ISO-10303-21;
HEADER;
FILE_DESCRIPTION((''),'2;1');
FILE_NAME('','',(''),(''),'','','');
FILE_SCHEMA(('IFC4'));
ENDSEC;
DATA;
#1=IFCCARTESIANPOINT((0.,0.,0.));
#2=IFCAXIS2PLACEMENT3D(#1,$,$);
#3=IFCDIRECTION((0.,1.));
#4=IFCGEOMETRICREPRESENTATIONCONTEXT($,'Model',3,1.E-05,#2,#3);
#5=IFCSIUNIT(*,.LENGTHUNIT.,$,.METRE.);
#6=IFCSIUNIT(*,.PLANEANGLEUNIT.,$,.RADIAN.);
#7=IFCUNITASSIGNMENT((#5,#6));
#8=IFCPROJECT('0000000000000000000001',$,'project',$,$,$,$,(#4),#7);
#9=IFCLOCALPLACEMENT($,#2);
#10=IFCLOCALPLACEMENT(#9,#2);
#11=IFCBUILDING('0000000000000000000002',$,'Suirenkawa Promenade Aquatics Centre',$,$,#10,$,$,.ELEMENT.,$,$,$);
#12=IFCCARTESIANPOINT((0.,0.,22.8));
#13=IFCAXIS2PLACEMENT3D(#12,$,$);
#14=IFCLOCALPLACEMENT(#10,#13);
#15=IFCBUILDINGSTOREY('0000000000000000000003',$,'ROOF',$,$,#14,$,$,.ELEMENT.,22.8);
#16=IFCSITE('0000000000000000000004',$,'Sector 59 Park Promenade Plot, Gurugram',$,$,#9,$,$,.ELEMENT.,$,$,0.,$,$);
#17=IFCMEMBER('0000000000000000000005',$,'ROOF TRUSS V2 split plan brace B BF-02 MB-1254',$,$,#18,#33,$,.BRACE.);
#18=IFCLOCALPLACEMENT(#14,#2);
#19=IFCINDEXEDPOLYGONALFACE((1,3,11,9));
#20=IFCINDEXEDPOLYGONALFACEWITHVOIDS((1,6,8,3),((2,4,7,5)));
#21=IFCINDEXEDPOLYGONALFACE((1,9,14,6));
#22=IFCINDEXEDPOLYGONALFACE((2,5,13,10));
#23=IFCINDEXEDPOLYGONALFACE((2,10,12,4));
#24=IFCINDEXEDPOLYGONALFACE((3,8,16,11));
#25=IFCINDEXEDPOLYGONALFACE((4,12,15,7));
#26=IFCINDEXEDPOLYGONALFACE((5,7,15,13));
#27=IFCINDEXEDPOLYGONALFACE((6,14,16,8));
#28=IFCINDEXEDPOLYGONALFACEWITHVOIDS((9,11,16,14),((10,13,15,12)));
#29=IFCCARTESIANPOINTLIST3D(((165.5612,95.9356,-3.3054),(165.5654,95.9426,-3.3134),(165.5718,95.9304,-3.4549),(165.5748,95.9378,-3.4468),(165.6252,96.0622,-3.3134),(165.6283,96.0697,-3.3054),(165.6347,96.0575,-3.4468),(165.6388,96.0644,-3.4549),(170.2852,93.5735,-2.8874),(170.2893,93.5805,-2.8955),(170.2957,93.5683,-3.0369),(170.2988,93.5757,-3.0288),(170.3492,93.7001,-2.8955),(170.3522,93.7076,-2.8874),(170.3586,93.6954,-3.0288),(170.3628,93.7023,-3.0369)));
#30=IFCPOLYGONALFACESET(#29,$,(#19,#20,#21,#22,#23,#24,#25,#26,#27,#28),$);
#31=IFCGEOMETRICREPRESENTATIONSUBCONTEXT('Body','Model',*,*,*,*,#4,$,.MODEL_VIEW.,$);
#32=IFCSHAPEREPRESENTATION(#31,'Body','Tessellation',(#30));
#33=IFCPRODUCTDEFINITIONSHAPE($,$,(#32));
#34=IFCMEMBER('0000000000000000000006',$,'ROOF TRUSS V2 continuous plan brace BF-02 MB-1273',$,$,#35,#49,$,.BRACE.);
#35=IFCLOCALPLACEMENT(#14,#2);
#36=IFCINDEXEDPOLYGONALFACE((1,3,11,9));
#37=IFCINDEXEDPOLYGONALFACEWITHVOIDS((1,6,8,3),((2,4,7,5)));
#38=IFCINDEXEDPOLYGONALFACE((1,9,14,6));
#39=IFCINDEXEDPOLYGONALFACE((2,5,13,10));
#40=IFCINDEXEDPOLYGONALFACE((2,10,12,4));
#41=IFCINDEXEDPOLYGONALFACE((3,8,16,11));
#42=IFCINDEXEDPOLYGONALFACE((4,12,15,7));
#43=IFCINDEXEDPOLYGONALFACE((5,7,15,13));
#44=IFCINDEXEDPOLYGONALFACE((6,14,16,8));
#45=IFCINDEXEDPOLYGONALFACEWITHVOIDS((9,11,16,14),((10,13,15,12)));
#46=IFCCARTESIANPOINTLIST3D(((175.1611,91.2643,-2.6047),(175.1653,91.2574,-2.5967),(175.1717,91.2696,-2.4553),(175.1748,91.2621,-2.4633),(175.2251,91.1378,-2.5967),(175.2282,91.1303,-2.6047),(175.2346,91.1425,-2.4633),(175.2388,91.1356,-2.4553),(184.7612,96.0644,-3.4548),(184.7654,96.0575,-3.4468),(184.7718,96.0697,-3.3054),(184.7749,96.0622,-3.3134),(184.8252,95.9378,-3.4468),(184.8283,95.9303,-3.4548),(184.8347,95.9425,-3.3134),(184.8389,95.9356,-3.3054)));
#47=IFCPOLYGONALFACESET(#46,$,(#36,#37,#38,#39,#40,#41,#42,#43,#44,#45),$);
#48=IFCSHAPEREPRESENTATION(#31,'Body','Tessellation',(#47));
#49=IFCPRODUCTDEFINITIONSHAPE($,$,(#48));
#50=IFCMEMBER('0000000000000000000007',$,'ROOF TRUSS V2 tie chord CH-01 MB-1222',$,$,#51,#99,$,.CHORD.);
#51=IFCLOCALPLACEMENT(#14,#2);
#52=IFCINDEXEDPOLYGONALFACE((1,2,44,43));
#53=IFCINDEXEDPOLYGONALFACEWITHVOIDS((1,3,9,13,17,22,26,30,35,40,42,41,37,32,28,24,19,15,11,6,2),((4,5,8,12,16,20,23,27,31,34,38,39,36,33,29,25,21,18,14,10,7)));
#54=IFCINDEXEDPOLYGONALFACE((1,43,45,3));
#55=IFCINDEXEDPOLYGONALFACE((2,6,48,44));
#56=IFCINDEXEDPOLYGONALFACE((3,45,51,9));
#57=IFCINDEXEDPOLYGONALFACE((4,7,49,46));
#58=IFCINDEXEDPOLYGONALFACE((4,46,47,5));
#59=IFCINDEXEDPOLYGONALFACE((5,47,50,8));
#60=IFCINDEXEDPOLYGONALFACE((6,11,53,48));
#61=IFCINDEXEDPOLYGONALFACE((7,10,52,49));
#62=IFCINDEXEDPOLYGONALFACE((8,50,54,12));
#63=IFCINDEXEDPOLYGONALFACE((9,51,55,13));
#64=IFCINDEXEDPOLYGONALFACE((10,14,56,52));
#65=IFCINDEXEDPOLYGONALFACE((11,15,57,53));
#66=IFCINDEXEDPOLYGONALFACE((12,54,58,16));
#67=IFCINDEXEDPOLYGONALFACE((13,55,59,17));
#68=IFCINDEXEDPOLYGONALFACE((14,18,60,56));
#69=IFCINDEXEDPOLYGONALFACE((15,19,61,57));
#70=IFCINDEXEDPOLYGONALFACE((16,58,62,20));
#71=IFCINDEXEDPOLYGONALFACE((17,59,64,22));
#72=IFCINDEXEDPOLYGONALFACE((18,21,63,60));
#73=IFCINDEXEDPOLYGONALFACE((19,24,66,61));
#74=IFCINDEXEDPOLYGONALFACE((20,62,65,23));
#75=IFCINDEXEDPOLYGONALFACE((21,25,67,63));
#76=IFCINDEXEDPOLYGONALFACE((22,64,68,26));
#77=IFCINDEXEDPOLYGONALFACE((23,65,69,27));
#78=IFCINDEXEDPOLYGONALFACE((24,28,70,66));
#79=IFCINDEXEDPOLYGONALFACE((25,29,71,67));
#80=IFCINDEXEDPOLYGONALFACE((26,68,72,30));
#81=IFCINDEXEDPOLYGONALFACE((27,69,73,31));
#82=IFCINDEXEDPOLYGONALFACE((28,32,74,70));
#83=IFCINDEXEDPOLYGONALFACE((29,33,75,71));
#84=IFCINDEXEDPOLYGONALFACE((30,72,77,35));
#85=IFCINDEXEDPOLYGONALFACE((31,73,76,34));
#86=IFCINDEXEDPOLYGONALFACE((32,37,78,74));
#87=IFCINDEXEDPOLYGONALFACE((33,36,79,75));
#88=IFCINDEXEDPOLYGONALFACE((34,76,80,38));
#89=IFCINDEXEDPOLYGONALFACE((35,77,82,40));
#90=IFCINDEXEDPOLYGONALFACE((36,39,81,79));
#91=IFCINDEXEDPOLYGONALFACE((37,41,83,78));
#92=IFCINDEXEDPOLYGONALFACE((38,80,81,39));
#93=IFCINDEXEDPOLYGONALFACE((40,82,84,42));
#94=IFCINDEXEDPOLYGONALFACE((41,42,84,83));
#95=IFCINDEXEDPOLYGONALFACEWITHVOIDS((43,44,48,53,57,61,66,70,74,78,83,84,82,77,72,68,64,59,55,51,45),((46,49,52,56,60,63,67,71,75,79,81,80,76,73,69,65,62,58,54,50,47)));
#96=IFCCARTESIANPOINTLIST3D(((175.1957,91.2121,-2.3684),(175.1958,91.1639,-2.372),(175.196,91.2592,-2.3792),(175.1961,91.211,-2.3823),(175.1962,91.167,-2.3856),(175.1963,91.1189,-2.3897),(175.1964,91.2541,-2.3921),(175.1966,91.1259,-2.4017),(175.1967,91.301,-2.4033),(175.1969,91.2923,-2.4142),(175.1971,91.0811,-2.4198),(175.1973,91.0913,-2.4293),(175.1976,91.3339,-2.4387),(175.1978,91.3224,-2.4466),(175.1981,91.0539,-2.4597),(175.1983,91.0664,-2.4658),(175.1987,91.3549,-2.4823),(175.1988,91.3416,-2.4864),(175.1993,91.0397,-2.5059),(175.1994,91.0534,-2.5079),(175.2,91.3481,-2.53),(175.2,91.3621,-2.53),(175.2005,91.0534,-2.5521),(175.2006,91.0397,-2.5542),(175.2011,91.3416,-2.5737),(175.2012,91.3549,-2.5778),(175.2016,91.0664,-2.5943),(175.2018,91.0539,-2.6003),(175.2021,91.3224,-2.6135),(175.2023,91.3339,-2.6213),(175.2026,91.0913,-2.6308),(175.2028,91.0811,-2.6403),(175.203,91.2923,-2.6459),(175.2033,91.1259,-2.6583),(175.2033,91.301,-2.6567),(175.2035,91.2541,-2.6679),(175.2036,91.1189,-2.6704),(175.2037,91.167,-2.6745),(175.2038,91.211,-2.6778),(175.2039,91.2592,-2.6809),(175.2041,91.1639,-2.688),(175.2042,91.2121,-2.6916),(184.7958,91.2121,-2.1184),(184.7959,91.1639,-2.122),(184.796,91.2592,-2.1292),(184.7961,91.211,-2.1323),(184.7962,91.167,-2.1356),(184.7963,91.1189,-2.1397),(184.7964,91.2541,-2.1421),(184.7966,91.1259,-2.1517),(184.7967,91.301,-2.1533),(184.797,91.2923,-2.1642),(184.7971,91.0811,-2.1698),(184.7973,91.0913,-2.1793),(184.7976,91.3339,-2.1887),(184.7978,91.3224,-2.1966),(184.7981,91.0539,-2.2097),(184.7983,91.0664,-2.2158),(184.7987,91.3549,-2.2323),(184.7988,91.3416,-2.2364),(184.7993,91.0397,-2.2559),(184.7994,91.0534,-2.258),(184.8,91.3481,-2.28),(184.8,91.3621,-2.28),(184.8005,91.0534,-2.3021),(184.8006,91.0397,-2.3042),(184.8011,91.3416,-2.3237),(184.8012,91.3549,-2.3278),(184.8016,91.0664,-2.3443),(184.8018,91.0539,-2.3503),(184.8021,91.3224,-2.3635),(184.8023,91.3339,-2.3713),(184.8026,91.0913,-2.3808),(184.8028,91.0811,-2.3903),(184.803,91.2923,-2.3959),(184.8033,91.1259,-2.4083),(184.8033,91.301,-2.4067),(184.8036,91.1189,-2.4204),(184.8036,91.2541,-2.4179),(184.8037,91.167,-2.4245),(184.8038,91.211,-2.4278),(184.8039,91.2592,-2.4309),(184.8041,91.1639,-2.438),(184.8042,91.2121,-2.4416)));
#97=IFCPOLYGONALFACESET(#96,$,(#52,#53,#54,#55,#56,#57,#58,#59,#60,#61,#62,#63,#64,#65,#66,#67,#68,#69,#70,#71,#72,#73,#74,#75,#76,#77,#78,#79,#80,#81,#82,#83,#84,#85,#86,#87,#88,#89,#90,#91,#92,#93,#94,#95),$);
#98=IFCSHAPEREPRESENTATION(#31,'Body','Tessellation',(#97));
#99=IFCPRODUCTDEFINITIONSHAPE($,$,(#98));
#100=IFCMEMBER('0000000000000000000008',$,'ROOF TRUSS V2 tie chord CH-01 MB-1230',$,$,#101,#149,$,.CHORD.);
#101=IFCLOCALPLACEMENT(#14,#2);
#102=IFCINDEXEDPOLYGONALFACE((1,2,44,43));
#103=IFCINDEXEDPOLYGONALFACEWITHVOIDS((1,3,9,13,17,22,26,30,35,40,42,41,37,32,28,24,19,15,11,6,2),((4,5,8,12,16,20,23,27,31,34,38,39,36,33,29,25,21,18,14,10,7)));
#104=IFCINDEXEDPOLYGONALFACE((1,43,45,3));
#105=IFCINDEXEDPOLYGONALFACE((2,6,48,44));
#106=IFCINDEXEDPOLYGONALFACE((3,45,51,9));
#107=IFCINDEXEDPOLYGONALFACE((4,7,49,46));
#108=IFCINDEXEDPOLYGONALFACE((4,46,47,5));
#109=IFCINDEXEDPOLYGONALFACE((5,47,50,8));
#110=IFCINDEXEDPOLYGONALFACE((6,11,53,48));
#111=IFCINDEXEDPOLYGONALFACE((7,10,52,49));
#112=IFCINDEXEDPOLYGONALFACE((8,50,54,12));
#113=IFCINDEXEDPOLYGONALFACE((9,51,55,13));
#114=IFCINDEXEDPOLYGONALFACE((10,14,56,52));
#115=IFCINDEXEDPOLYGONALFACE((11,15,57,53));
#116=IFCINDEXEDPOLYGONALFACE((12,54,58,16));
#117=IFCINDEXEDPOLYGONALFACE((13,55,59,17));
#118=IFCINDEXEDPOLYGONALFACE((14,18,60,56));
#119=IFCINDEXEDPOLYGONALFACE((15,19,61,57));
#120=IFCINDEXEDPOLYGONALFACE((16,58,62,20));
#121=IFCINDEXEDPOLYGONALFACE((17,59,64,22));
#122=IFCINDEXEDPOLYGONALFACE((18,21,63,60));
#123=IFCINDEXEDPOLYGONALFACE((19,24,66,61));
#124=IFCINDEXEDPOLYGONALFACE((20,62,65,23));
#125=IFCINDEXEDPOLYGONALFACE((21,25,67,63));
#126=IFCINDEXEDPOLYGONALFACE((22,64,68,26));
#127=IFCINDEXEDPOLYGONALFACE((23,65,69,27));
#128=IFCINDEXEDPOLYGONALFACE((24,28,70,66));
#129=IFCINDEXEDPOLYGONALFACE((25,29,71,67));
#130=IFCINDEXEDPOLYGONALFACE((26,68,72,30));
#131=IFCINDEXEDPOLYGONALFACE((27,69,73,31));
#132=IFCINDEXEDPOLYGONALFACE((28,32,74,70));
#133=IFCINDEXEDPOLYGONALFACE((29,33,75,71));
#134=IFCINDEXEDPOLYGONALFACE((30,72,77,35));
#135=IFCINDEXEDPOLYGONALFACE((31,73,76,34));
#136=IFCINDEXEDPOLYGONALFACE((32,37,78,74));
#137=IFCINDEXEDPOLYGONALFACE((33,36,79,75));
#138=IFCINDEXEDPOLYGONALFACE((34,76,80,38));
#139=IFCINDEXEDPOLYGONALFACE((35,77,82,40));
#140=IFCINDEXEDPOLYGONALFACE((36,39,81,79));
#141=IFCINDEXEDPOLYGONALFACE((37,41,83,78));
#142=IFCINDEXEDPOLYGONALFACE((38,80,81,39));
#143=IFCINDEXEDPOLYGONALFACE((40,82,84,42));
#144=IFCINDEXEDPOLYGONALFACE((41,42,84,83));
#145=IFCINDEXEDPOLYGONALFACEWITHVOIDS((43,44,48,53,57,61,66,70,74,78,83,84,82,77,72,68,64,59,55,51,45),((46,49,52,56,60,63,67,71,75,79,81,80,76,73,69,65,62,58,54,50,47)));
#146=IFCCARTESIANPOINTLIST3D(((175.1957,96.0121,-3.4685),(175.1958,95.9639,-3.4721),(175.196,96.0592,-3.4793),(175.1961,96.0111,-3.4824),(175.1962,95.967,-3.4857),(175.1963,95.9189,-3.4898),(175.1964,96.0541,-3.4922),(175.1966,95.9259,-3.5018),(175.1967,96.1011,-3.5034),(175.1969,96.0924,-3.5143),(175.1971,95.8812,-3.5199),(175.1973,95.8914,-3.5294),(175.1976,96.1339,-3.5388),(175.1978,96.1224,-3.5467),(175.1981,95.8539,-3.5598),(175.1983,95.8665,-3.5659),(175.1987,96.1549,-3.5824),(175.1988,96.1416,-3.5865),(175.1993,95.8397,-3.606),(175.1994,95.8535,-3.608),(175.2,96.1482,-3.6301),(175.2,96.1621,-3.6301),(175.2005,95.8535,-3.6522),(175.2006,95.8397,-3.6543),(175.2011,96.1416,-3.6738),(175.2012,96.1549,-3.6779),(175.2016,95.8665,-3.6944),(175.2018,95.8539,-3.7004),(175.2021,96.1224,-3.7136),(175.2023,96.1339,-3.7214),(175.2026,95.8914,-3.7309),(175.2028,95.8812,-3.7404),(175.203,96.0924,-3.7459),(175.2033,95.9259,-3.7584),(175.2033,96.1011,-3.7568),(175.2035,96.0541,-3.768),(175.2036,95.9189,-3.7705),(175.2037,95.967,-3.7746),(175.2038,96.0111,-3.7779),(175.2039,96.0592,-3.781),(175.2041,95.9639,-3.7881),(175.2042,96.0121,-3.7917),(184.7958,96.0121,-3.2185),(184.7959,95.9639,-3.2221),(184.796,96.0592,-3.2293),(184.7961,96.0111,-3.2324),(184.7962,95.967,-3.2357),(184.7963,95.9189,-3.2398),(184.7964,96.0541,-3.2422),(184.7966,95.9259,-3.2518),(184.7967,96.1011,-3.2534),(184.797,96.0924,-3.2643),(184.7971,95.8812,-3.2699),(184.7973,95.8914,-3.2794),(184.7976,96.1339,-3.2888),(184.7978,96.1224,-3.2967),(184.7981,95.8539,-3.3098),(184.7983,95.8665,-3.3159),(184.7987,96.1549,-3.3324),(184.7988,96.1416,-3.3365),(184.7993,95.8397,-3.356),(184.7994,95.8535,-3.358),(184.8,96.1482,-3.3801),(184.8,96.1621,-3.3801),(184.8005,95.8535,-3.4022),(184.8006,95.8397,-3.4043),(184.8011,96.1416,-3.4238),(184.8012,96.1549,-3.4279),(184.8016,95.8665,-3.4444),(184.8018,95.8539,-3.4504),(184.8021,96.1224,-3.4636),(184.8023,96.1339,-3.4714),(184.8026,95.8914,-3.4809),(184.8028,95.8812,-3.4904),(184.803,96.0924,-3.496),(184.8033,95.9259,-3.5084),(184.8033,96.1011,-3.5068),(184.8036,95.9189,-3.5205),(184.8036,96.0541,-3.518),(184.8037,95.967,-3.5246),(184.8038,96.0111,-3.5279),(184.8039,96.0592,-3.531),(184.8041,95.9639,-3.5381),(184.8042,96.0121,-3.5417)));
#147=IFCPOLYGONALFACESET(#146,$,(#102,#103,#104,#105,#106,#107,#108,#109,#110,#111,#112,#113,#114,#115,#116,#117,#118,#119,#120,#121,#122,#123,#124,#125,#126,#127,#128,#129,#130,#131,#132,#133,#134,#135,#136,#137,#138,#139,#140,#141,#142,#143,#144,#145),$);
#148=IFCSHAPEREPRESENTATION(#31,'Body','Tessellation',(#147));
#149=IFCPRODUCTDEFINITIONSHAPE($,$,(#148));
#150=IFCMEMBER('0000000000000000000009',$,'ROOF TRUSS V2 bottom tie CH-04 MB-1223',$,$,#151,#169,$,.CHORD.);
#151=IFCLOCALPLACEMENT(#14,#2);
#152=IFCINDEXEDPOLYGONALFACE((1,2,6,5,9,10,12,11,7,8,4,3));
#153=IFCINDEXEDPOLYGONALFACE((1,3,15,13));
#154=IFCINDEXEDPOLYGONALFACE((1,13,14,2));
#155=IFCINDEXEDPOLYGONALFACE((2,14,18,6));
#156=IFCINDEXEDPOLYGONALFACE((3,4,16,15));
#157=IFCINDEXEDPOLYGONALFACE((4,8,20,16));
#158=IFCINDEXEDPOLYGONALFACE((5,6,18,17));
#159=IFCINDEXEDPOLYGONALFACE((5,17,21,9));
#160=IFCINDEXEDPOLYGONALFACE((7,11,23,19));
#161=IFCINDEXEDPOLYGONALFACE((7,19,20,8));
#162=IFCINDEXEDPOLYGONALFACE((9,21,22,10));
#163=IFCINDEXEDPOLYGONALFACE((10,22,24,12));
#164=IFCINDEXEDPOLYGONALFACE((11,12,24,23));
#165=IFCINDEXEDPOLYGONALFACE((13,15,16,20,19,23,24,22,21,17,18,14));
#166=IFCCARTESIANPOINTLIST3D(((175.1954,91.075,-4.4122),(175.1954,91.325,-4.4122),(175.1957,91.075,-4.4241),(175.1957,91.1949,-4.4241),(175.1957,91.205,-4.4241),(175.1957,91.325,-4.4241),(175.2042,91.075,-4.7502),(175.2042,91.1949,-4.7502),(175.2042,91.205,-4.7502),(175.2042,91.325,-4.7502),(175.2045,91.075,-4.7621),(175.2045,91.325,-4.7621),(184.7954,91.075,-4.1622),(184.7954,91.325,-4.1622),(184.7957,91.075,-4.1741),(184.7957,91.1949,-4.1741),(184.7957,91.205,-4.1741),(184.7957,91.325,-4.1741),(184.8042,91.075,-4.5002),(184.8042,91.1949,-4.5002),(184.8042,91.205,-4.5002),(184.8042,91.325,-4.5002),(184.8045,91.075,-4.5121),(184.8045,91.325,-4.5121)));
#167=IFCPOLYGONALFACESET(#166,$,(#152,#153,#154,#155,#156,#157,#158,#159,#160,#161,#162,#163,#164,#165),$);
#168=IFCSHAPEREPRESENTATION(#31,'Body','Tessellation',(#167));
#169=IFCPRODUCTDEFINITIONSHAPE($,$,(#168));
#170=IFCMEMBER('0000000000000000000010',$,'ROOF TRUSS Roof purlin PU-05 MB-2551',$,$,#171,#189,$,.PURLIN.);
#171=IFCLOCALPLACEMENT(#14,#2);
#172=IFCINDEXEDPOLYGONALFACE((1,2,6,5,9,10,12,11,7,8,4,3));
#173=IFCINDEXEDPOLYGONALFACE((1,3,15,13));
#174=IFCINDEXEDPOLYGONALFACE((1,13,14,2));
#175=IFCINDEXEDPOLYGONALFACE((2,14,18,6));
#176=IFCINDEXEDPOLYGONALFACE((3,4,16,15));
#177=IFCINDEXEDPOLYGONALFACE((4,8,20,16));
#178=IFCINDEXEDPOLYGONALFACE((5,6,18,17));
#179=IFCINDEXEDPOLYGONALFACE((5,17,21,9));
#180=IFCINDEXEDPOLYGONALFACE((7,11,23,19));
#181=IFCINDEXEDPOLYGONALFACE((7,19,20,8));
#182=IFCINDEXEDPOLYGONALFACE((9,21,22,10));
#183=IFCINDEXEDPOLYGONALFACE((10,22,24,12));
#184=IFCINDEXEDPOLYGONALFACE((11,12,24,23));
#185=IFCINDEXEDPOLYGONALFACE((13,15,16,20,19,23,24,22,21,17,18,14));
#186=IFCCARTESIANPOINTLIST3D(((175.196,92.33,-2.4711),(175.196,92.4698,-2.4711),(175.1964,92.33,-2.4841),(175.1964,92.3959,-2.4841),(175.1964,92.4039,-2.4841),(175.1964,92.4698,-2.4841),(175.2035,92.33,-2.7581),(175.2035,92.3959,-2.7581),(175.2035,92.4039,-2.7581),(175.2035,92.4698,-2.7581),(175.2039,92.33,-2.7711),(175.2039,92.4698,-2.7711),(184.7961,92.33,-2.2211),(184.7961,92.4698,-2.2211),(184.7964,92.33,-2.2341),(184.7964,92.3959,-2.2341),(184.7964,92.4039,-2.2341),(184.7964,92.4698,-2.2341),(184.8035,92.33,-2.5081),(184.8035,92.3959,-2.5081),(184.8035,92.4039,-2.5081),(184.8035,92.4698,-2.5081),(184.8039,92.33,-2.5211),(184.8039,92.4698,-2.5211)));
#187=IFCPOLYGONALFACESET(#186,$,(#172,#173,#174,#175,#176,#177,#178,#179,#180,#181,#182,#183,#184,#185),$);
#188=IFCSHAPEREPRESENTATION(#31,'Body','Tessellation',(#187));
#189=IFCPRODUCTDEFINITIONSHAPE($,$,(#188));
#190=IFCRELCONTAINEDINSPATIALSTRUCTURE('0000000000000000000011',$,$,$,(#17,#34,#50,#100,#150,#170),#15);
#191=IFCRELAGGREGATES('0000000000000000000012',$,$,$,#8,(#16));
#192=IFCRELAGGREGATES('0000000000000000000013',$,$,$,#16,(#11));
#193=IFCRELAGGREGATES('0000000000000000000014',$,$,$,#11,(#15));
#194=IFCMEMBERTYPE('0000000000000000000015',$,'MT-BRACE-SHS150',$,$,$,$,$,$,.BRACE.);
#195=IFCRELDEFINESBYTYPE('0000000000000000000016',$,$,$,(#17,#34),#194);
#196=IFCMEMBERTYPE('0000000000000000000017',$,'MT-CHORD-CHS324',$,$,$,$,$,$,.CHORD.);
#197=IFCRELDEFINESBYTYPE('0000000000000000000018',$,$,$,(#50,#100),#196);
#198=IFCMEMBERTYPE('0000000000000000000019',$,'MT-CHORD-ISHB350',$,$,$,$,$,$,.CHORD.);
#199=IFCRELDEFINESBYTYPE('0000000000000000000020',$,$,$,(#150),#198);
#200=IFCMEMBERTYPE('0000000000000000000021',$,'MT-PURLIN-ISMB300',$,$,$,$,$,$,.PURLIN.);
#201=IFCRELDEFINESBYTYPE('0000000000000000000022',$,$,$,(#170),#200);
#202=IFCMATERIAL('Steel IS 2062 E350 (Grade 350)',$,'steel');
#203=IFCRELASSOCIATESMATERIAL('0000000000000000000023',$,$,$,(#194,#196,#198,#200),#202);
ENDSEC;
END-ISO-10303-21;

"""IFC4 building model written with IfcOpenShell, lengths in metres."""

from ifc_helpers import new_model, si_unit, direction, frame, origin, origin_2d, place, context, subcontext, project, spatial, hollow_rectangle, hollow_circle, i_section, extrude, material, material_profile, profile_set, type_object, element, save


model = new_model("IFC4")

# Units and contexts
model_context = context("Model", 3, precision=1e-05, world=origin(), true_north=direction((0.0, 1.0)))
body_context = subcontext(model_context, "Body", "Model", "MODEL_VIEW")
ifc_project = project(units=[si_unit("LENGTHUNIT", "METRE"), si_unit("PLANEANGLEUNIT", "RADIAN")], contexts=[model_context])

# Site, building, storey
site_placement = place(None, origin())
site = spatial("IfcSite", under=ifc_project, at=site_placement, Name="Sector 59 Park Promenade Plot, Gurugram", CompositionType="ELEMENT", RefElevation=0.0)
building_placement = place(site_placement, origin())
building = spatial("IfcBuilding", under=site, at=building_placement, Name="Suirenkawa Promenade Aquatics Centre", CompositionType="ELEMENT")
storey_placement = place(building_placement, frame((0.0, 0.0, 22.8)))
storey = spatial("IfcBuildingStorey", under=building, at=storey_placement, Name="ROOF", CompositionType="ELEMENT", Elevation=22.8)

# Shared definitions
ifc_material = material(Name="Steel IS 2062 E350 (Grade 350)", Category="steel")

# Members
ifc_material_profile_1 = material_profile(ifc_material, hollow_rectangle(XDim=0.1499, YDim=0.1499, WallThickness=0.0081, at=origin_2d()), Name="SHS 150x150x8", Category="steel")
ifc_profile_set_1 = profile_set([ifc_material_profile_1], Name="Steel IS 2062 E350 (Grade 350)")
member_type_1 = type_object("IfcMemberType", Name="MT-BRACE-SHS150", PredefinedType="BRACE", material=ifc_profile_set_1)
for number, where, z_axis, x_axis, name in (
    (1, (170.324, 93.6379, -2.9622), (-0.89163, 0.445838, -0.078891), (-0.447232, -0.894418, 0.0), "ROOF TRUSS V2 split plan brace B BF-02 MB-1254"),
):
    element("IfcMember", number, at=place(storey_placement, frame(where, z_axis=z_axis, x_axis=x_axis)), inside=storey, type_object=member_type_1, Name=name, PredefinedType="BRACE", context=body_context, shape_type="SweptSolid", body=[
        extrude(hollow_rectangle(XDim=0.1499, YDim=0.1499, WallThickness=0.0081, at=origin_2d()), origin(), (0.0, 0.0, 1.0), 5.2981),
    ])
member_1_placement = place(storey_placement, frame((175.2, 91.2, -2.53), z_axis=(0.891635, 0.445817, -0.078955), x_axis=(-0.447214, 0.894427, 0.0)))
element("IfcMember", 2, at=member_1_placement, inside=storey, type_object=member_type_1, Name="ROOF TRUSS V2 continuous plan brace BF-02 MB-1273", PredefinedType="BRACE", context=body_context, shape_type="SweptSolid", body=[
    extrude(hollow_rectangle(XDim=0.1499, YDim=0.1499, WallThickness=0.0081, at=origin_2d()), origin(), (0.0, 0.0, 1.0), 10.7668),
])
ifc_material_profile_2 = material_profile(ifc_material, hollow_circle(Radius=0.1621, WallThickness=0.0139, at=origin_2d()), Name="CHS 324x14", Category="steel")
ifc_profile_set_2 = profile_set([ifc_material_profile_2], Name="Steel IS 2062 E350 (Grade 350)")
member_type_2 = type_object("IfcMemberType", Name="MT-CHORD-CHS324", PredefinedType="CHORD", material=ifc_profile_set_2)
for number, where, z_axis, x_axis, name in (
    (3, (175.2, 91.2, -2.53), (0.999661, 0.0, 0.026033), (0.0, 1.0, 0.0), "ROOF TRUSS V2 tie chord CH-01 MB-1222"),
    (4, (175.2, 96.0, -3.6301), (0.999661, 0.0, 0.026033), (0.0, 1.0, 0.0), "ROOF TRUSS V2 tie chord CH-01 MB-1230"),
):
    element("IfcMember", number, at=place(storey_placement, frame(where, z_axis=z_axis, x_axis=x_axis)), inside=storey, type_object=member_type_2, Name=name, PredefinedType="CHORD", context=body_context, shape_type="SweptSolid", body=[
        extrude(hollow_circle(Radius=0.1621, WallThickness=0.0139, at=origin_2d()), origin(), (0.0, 0.0, 1.0), 9.6033),
    ])
ifc_material_profile_3 = material_profile(ifc_material, i_section(OverallWidth=0.25, OverallDepth=0.3501, WebThickness=0.01, FlangeThickness=0.012, at=origin_2d()), Name="ISHB 350", Category="steel")
ifc_profile_set_3 = profile_set([ifc_material_profile_3], Name="Steel IS 2062 E350 (Grade 350)")
member_type_3 = type_object("IfcMemberType", Name="MT-CHORD-ISHB350", PredefinedType="CHORD", material=ifc_profile_set_3)
member_2_placement = place(storey_placement, frame((175.2, 91.2, -4.5872), z_axis=(0.999661, 0.0, 0.026033), x_axis=(0.0, 1.0, 0.0)))
element("IfcMember", 5, at=member_2_placement, inside=storey, type_object=member_type_3, Name="ROOF TRUSS V2 bottom tie CH-04 MB-1223", PredefinedType="CHORD", context=body_context, shape_type="SweptSolid", body=[
    extrude(i_section(OverallWidth=0.25, OverallDepth=0.3501, WebThickness=0.01, FlangeThickness=0.012, at=origin_2d()), origin(), (0.0, 0.0, 1.0), 9.6033),
])
ifc_material_profile_4 = material_profile(ifc_material, i_section(OverallWidth=0.1399, OverallDepth=0.3, WebThickness=0.0081, FlangeThickness=0.0129, at=origin_2d()), Name="ISMB 300", Category="steel")
ifc_profile_set_4 = profile_set([ifc_material_profile_4], Name="Steel IS 2062 E350 (Grade 350)")
member_type_4 = type_object("IfcMemberType", Name="MT-PURLIN-ISMB300", PredefinedType="PURLIN", material=ifc_profile_set_4)
member_3_placement = place(storey_placement, frame((175.2, 92.3999, -2.6211), z_axis=(0.999661, 0.0, 0.026033), x_axis=(0.0, 1.0, 0.0)))
element("IfcMember", 6, at=member_3_placement, inside=storey, type_object=member_type_4, Name="ROOF TRUSS Roof purlin PU-05 MB-2551", PredefinedType="PURLIN", context=body_context, shape_type="SweptSolid", body=[
    extrude(i_section(OverallWidth=0.1399, OverallDepth=0.3, WebThickness=0.0081, FlangeThickness=0.0129, at=origin_2d()), origin(), (0.0, 0.0, 1.0), 9.6033),
])

save(model, "model.ifc")
